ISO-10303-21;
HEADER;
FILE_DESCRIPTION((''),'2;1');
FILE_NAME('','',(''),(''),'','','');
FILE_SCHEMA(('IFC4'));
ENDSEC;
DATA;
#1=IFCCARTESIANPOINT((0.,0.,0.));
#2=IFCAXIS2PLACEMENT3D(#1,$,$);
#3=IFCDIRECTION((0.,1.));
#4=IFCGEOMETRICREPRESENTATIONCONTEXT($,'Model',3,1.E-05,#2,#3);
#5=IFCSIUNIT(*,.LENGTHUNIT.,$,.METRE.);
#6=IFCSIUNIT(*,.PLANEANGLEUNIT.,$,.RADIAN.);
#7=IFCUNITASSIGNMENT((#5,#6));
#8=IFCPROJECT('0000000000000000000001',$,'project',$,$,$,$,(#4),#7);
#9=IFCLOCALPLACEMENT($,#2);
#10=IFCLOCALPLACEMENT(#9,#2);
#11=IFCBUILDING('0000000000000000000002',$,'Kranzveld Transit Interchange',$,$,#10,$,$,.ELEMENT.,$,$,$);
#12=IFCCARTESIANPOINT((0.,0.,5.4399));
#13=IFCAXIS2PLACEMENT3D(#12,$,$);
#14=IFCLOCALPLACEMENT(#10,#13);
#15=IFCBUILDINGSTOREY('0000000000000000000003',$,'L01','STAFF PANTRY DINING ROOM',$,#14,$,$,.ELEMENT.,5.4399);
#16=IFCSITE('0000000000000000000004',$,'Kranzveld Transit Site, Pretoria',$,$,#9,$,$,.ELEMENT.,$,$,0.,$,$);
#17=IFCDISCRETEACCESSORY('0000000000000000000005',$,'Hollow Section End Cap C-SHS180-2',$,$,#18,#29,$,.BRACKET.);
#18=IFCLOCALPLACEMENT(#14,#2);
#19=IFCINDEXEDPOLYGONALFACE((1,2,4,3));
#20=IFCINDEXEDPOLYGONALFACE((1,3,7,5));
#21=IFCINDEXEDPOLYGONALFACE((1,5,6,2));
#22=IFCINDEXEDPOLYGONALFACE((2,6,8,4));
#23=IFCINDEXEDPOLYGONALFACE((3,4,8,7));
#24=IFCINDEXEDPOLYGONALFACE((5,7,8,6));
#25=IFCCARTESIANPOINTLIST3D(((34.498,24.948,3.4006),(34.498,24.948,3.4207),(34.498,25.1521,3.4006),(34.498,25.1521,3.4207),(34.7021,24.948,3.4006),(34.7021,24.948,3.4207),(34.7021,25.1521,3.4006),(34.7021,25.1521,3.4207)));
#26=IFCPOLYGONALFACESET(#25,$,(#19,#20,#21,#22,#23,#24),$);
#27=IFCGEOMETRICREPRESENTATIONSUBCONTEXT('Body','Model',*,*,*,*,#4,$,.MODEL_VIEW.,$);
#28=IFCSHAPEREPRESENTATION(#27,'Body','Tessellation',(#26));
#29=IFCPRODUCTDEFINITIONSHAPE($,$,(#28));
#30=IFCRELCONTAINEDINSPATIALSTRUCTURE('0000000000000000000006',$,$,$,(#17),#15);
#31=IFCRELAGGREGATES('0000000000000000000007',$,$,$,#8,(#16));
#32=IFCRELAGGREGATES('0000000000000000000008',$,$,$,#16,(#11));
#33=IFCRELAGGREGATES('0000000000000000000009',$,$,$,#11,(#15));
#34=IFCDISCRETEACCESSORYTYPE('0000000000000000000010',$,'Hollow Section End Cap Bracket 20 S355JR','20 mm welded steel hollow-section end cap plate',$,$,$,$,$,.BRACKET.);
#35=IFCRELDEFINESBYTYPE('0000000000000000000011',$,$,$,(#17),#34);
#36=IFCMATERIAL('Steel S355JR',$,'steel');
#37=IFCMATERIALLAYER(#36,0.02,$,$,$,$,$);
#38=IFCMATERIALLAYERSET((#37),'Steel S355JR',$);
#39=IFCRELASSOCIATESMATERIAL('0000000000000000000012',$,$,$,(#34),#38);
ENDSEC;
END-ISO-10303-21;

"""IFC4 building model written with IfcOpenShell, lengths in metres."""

from ifc_helpers import new_model, si_unit, direction, frame, origin, origin_2d, place, context, subcontext, project, spatial, rectangle, extrude, material, layer, layer_set, type_object, element, save


model = new_model("IFC4")

# Units and contexts
model_context = context("Model", 3, precision=1e-05, world=origin(), true_north=direction((0.0, 1.0)))
body_context = subcontext(model_context, "Body", "Model", "MODEL_VIEW")
ifc_project = project(units=[si_unit("LENGTHUNIT", "METRE"), si_unit("PLANEANGLEUNIT", "RADIAN")], contexts=[model_context])

# Site, building, storey
site_placement = place(None, origin())
site = spatial("IfcSite", under=ifc_project, at=site_placement, Name="Kranzveld Transit Site, Pretoria", CompositionType="ELEMENT", RefElevation=0.0)
building_placement = place(site_placement, origin())
building = spatial("IfcBuilding", under=site, at=building_placement, Name="Kranzveld Transit Interchange", CompositionType="ELEMENT")
storey_placement = place(building_placement, frame((0.0, 0.0, 5.4399)))
storey = spatial("IfcBuildingStorey", under=building, at=storey_placement, Name="L01", Description="STAFF PANTRY DINING ROOM", CompositionType="ELEMENT", Elevation=5.4399)

# Discrete accessory
ifc_material_1 = material(Name="Steel S355JR", Category="steel")
ifc_layer_1 = layer(ifc_material_1, 0.02)
ifc_layer_set_1 = layer_set([ifc_layer_1], Name="Steel S355JR")
discrete_accessory_type = type_object("IfcDiscreteAccessoryType", Name="Hollow Section End Cap Bracket 20 S355JR", Description="20 mm welded steel hollow-section end cap plate", PredefinedType="BRACKET", material=ifc_layer_set_1)
for number, where, z_axis, x_axis, name in (
    (1, (34.6001, 25.05, 3.4006), (0.0, 0.0, 1.0), (1.0, 0.0, 0.0), "Hollow Section End Cap C-SHS180-2"),
):
    element("IfcDiscreteAccessory", number, at=place(storey_placement, frame(where, z_axis=z_axis, x_axis=x_axis)), inside=storey, type_object=discrete_accessory_type, Name=name, PredefinedType="BRACKET", context=body_context, shape_type="SweptSolid", body=[
        extrude(rectangle(XDim=0.2041, YDim=0.2041, at=origin_2d()), origin(), (0.0, 0.0, 1.0), 0.02),
    ])

save(model, "model.ifc")
